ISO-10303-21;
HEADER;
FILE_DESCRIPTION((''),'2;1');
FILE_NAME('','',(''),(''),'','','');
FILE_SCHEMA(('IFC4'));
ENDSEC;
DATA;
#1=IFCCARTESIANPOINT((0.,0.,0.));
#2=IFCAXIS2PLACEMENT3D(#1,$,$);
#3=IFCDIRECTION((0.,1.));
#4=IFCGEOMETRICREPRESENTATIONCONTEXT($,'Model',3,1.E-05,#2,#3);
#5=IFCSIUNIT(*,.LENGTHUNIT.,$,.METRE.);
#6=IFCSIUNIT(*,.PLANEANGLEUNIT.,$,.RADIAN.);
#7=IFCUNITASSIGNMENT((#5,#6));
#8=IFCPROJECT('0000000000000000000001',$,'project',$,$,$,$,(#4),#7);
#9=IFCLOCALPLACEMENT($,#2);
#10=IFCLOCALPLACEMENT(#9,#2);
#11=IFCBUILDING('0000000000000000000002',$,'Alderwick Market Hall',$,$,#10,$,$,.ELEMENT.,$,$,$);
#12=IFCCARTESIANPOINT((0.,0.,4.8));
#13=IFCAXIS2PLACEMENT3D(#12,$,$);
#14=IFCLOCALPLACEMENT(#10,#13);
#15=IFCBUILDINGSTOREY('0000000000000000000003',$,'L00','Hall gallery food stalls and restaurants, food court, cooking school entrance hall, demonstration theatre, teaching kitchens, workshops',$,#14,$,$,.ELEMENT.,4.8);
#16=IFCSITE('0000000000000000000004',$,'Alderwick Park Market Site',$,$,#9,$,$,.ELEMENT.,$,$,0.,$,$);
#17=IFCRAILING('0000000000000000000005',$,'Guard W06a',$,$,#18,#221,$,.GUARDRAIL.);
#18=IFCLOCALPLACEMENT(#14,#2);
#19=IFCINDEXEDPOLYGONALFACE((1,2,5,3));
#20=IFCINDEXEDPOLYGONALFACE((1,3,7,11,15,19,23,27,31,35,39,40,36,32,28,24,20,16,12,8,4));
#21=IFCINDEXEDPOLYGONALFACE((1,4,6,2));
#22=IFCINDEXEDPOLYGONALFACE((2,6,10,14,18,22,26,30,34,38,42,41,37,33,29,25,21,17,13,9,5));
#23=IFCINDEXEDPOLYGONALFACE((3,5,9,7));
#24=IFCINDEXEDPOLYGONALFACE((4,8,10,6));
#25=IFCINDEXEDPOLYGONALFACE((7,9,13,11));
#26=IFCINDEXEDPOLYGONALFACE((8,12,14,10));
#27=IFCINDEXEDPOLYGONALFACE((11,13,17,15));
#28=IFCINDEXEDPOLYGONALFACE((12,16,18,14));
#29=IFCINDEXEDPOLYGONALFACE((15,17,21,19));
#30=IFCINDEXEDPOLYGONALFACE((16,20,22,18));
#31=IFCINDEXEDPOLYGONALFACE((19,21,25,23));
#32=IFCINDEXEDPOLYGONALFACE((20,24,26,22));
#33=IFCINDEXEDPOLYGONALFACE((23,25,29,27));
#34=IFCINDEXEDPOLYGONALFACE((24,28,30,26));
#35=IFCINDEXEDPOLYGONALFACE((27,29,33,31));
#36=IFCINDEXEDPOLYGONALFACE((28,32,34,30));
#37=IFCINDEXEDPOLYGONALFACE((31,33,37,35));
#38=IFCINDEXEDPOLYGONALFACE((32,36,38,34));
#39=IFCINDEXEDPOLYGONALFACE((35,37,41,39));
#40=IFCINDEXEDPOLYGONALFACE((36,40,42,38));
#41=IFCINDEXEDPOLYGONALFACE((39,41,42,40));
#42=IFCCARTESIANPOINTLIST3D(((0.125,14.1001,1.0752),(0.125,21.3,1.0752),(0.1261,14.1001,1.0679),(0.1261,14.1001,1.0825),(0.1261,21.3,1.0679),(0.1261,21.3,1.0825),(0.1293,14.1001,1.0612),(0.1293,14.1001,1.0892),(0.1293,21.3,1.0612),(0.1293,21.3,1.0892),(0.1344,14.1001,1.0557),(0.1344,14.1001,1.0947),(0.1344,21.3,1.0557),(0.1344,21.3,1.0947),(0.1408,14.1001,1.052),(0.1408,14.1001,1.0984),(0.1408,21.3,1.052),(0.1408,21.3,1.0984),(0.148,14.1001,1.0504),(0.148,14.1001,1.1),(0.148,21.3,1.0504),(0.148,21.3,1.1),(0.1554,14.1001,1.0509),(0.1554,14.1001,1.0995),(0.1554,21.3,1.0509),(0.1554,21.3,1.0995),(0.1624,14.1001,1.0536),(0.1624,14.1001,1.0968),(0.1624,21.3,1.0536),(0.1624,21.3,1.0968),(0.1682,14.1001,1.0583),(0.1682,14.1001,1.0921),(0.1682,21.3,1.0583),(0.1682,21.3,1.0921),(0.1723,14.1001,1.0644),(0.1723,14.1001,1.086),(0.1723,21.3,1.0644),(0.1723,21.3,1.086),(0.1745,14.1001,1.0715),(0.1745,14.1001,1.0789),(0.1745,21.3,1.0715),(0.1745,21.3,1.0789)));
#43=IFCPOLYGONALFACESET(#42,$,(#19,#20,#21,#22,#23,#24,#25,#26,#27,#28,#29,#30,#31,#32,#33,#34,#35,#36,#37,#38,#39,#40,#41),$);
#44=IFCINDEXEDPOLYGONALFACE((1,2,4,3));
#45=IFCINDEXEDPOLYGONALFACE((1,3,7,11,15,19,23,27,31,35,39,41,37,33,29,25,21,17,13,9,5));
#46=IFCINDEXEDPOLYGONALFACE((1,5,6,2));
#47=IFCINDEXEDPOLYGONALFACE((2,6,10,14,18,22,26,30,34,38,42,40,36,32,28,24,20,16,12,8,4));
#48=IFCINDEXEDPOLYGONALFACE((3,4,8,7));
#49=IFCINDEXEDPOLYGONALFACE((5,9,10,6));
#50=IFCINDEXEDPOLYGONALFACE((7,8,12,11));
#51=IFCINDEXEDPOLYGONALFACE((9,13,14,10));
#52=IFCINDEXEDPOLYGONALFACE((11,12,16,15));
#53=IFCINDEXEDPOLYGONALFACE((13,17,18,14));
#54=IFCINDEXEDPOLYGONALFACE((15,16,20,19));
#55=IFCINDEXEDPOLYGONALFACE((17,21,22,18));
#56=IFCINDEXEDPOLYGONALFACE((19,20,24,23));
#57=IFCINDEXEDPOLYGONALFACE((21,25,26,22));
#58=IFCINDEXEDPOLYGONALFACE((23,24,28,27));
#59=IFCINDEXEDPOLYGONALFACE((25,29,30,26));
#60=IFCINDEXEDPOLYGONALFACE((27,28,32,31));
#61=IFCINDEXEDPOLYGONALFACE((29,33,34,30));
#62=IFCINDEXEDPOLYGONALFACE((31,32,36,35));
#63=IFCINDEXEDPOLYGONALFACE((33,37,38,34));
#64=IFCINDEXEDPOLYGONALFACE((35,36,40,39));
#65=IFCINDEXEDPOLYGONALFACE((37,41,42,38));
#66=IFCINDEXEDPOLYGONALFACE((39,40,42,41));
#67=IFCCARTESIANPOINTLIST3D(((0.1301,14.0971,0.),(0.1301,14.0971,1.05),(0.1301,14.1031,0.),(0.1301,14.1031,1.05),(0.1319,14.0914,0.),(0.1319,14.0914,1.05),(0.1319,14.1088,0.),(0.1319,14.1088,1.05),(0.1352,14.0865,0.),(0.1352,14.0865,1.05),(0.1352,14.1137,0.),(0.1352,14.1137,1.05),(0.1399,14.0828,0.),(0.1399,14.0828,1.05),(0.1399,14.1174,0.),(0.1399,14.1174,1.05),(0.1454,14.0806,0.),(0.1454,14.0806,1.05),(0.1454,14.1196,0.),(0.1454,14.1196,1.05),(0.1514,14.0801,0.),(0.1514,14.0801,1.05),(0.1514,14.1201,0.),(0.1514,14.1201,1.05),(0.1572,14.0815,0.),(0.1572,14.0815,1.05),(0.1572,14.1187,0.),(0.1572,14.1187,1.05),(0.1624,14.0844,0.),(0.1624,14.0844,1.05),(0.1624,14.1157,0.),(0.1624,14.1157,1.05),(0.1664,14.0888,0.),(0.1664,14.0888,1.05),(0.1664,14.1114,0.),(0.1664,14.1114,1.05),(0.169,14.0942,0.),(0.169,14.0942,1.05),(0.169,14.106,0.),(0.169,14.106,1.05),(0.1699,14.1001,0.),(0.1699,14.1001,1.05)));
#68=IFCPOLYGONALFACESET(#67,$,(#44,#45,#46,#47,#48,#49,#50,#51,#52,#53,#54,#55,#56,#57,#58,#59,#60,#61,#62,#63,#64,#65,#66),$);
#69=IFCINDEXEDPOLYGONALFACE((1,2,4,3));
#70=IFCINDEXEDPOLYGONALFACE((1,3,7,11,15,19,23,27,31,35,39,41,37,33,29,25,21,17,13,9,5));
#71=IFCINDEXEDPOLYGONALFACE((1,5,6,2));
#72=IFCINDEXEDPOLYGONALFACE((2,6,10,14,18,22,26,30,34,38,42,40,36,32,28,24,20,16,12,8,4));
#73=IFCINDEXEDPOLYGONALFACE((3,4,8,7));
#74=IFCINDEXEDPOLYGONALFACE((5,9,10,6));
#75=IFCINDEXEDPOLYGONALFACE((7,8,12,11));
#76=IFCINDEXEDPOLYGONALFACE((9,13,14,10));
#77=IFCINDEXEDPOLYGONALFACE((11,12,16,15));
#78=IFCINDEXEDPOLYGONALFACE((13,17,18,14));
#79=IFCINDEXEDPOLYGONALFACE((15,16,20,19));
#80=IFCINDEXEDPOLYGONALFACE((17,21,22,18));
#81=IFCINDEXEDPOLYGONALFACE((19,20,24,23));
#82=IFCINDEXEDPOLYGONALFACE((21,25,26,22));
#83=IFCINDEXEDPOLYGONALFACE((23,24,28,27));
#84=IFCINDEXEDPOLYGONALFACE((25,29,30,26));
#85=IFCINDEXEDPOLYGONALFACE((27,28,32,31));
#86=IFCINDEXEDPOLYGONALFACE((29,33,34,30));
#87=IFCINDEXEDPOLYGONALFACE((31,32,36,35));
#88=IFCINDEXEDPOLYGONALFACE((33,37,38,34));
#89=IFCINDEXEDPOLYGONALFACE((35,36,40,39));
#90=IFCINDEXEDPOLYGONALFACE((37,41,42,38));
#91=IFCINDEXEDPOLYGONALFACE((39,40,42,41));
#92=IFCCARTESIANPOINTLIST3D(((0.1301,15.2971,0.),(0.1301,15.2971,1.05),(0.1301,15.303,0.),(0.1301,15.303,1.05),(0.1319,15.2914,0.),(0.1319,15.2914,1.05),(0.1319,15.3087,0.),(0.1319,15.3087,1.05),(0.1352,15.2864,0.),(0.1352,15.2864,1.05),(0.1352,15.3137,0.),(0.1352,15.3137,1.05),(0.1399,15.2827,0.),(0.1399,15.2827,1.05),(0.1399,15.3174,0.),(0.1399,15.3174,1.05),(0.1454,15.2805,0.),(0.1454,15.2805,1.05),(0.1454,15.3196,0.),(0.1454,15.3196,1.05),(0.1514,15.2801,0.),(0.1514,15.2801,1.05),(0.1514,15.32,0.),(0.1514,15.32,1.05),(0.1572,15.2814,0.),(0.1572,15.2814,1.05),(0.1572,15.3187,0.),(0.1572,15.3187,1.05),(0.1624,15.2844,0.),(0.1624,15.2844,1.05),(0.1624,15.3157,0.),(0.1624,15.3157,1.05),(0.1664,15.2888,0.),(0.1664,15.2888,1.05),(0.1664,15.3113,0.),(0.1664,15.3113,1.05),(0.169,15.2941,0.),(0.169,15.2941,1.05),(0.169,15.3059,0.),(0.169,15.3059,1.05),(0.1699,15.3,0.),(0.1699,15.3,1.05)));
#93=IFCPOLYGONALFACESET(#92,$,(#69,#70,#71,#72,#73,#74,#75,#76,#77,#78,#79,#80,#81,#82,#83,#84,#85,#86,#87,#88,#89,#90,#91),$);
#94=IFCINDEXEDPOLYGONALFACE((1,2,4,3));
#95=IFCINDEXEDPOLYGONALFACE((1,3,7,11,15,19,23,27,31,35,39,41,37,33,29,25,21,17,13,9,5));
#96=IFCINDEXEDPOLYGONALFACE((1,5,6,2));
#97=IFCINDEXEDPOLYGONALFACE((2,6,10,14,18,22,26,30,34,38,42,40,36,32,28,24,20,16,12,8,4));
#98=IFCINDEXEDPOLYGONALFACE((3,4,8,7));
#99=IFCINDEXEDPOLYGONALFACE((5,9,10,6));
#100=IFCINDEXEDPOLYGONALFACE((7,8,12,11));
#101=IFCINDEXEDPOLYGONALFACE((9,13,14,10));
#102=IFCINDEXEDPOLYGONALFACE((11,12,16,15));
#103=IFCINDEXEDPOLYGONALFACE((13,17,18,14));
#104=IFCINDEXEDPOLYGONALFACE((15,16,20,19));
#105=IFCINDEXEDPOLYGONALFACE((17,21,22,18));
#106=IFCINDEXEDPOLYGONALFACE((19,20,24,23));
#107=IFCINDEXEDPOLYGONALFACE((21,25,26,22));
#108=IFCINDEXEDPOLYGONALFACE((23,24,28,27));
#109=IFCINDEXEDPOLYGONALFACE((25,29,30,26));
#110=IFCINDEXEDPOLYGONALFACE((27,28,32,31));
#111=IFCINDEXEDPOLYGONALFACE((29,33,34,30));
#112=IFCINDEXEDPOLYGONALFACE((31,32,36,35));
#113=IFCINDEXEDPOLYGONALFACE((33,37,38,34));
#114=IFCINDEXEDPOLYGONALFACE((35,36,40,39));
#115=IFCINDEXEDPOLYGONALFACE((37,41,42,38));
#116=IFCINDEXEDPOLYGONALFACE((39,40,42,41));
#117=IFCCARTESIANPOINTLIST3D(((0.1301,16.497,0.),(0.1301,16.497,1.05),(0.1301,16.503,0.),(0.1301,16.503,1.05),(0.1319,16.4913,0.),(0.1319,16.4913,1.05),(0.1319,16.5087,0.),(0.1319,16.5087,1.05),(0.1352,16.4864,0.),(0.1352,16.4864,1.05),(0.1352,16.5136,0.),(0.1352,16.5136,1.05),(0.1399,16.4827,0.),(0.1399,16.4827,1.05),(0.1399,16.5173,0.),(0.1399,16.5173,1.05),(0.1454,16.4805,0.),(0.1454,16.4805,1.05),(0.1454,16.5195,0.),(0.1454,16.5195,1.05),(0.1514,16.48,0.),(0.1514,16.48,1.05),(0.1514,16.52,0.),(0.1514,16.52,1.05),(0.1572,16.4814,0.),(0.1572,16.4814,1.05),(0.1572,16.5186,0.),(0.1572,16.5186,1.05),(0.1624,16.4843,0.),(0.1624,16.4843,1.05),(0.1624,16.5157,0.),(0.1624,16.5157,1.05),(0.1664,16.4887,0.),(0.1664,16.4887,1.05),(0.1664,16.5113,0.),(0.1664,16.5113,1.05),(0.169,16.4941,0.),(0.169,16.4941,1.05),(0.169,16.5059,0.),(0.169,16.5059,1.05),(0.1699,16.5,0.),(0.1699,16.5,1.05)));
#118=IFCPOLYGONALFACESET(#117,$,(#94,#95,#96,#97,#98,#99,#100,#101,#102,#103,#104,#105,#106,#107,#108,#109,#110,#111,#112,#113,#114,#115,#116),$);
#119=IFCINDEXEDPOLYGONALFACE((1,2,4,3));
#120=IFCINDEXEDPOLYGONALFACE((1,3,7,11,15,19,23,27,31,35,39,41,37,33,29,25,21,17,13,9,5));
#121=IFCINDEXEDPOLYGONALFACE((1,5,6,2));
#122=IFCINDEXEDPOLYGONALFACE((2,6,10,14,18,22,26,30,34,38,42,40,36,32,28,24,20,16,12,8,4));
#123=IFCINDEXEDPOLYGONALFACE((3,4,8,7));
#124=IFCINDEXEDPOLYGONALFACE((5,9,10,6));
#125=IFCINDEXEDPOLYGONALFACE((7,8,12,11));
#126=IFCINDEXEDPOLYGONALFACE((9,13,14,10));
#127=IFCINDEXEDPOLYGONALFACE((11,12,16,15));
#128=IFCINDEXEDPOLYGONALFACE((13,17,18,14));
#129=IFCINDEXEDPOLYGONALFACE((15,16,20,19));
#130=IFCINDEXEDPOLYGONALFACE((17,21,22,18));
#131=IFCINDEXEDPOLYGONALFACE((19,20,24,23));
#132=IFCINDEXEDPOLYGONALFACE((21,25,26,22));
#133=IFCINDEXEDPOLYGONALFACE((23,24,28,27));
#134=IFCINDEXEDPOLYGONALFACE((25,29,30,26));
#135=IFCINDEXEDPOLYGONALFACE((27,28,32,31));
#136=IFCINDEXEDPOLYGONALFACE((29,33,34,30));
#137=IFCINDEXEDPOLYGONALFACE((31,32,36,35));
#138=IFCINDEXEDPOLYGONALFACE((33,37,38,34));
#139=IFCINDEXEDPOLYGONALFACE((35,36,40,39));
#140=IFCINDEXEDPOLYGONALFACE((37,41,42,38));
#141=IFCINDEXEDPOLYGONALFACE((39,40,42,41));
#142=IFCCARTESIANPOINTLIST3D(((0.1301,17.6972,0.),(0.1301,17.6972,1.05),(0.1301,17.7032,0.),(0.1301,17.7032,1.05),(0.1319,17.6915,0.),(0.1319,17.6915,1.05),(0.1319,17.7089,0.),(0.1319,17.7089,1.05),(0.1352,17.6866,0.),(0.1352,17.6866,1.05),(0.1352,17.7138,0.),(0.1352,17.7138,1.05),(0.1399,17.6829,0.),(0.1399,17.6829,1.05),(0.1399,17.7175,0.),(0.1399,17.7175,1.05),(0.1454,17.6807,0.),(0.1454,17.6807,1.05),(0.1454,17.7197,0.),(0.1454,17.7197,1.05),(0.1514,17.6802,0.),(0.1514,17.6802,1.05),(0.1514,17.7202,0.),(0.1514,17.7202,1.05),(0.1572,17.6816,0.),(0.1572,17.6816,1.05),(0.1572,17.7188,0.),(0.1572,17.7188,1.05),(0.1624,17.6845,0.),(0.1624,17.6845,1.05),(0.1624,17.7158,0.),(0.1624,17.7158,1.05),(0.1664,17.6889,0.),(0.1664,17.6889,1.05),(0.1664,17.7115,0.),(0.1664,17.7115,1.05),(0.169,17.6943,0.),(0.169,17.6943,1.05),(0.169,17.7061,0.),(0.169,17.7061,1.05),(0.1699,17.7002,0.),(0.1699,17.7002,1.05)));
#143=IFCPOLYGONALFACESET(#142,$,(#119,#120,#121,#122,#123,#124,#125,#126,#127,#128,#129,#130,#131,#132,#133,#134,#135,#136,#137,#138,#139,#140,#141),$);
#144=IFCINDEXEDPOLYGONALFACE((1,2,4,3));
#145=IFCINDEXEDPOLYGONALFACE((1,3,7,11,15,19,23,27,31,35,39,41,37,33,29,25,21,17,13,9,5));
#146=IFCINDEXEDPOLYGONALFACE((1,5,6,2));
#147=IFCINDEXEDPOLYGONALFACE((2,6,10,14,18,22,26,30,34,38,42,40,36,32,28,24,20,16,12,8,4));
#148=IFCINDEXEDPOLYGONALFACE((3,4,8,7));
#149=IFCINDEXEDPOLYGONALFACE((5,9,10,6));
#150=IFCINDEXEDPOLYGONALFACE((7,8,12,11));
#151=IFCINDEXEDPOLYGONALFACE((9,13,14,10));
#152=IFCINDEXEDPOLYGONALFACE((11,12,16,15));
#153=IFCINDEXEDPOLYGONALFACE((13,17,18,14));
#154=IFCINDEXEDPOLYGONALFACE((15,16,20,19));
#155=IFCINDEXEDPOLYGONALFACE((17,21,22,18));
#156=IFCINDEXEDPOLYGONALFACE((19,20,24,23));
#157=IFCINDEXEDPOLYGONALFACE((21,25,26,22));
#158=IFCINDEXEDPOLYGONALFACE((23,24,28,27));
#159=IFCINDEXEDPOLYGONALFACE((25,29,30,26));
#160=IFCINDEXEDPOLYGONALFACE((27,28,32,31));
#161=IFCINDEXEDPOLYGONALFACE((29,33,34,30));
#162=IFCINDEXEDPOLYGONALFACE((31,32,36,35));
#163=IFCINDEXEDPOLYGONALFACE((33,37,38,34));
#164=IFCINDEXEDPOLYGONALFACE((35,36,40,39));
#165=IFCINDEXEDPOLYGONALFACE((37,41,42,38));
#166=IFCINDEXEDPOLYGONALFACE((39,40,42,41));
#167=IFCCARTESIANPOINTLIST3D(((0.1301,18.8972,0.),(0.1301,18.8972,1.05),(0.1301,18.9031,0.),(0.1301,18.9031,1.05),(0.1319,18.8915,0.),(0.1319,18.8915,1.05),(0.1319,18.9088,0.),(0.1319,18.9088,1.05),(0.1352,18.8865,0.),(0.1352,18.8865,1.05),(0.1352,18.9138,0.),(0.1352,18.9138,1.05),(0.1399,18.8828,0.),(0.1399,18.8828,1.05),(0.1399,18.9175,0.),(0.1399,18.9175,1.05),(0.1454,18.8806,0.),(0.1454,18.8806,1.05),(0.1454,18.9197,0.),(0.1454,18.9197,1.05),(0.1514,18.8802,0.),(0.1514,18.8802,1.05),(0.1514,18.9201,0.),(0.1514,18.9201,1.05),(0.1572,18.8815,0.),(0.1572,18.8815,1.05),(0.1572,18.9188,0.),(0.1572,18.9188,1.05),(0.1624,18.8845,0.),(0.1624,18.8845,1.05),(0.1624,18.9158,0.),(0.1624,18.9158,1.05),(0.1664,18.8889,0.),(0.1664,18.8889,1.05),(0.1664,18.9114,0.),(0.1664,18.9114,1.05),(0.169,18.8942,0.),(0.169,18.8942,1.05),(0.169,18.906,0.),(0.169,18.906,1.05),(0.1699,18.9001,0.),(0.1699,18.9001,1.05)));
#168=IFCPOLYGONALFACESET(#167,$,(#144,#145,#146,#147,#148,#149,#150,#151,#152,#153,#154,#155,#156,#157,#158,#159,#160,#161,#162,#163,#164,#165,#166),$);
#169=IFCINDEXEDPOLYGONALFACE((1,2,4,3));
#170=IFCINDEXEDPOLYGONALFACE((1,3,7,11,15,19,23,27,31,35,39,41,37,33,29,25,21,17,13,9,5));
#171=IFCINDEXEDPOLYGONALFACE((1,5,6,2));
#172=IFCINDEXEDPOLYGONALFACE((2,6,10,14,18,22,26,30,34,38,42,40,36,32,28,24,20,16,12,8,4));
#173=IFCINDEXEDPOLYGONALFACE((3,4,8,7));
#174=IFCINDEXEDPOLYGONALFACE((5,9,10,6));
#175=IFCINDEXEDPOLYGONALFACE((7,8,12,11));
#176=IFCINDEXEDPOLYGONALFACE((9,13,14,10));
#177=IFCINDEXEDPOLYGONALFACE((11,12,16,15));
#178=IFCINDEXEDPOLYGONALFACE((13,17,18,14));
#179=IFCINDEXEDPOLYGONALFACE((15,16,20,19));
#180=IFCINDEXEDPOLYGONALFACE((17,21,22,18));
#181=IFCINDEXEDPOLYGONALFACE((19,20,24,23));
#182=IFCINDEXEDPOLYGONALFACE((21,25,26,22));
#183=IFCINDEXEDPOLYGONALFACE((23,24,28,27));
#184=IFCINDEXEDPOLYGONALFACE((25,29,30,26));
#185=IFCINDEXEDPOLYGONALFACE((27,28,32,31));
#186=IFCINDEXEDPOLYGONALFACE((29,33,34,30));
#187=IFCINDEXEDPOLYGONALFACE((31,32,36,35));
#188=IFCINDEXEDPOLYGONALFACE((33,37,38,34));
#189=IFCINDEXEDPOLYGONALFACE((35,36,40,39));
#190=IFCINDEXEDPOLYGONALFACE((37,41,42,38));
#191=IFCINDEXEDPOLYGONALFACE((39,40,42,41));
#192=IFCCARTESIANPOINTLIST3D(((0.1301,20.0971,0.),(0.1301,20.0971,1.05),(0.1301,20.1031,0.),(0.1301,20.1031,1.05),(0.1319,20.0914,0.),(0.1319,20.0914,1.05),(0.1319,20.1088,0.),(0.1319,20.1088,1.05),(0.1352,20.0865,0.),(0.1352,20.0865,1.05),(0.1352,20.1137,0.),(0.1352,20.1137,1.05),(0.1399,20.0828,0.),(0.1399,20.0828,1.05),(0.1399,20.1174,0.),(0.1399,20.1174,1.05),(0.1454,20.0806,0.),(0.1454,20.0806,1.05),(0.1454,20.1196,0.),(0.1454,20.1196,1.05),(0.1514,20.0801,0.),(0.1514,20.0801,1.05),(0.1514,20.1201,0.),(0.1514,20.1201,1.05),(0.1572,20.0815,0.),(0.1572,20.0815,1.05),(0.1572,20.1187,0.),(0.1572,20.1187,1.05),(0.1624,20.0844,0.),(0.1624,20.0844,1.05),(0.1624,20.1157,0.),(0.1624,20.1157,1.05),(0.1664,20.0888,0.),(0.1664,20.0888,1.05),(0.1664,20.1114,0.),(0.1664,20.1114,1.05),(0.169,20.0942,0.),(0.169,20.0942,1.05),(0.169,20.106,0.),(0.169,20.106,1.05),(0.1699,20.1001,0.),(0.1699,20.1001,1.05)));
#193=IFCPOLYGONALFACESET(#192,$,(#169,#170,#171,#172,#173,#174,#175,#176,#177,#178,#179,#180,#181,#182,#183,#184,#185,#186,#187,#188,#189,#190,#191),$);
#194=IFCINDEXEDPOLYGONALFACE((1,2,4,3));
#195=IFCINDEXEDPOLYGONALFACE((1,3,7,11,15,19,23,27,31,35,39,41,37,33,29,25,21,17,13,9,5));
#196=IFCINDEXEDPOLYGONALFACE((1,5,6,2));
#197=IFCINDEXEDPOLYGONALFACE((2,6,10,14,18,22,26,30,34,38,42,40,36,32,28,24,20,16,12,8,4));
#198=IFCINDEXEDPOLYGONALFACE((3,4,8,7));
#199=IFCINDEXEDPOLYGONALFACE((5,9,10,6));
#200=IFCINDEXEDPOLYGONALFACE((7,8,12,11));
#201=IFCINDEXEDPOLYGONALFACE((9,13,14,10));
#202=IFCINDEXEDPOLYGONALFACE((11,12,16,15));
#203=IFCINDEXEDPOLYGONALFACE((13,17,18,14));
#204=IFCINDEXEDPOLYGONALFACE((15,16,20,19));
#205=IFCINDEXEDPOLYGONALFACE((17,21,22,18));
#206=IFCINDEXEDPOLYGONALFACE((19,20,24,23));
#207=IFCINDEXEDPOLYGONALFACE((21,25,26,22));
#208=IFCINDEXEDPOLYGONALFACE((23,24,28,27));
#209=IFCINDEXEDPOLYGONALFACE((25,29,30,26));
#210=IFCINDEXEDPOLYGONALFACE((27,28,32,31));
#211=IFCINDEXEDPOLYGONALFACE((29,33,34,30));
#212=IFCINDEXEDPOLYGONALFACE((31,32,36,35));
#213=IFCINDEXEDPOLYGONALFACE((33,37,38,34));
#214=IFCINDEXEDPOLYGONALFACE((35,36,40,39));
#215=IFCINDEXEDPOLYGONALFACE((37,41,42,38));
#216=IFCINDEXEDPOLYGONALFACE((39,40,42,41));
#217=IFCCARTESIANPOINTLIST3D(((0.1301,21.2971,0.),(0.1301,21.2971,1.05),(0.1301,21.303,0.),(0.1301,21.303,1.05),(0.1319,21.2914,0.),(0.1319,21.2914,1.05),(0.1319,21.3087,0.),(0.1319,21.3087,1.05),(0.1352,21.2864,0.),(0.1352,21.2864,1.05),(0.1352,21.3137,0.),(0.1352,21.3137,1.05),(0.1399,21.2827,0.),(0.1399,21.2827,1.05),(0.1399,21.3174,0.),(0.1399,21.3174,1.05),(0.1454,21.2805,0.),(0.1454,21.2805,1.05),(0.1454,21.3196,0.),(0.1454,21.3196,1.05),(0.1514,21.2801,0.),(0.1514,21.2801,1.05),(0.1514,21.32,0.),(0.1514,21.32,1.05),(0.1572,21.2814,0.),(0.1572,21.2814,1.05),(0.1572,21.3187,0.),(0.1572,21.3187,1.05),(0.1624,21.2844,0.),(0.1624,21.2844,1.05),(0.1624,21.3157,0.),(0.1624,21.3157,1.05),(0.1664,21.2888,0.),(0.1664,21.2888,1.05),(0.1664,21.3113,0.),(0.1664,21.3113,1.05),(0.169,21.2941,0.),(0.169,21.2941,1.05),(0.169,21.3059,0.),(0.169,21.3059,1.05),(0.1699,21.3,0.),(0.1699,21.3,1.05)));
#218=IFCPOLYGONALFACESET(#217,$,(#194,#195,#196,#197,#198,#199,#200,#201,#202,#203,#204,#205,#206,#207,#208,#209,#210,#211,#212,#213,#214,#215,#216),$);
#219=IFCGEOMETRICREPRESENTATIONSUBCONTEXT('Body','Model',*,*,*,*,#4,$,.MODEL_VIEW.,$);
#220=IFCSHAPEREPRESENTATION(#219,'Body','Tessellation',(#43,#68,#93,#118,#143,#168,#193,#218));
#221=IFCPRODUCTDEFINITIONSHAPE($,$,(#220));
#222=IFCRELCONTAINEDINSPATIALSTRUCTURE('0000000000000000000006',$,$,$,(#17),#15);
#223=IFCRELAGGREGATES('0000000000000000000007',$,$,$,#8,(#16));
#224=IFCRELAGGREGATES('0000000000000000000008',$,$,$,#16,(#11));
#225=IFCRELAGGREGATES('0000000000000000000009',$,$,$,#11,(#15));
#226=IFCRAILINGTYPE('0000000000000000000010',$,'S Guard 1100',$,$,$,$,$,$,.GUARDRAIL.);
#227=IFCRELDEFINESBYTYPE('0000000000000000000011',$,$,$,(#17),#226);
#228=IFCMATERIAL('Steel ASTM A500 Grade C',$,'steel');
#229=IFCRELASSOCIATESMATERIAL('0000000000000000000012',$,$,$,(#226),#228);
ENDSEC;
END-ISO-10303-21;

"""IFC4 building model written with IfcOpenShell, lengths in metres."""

from ifc_helpers import new_model, si_unit, direction, frame, origin, origin_2d, place, context, subcontext, project, spatial, circle, extrude, material, type_object, element, save


model = new_model("IFC4")

# Units and contexts
model_context = context("Model", 3, precision=1e-05, world=origin(), true_north=direction((0.0, 1.0)))
body_context = subcontext(model_context, "Body", "Model", "MODEL_VIEW")
ifc_project = project(units=[si_unit("LENGTHUNIT", "METRE"), si_unit("PLANEANGLEUNIT", "RADIAN")], contexts=[model_context])

# Site, building, storey
site_placement = place(None, origin())
site = spatial("IfcSite", under=ifc_project, at=site_placement, Name="Alderwick Park Market Site", CompositionType="ELEMENT", RefElevation=0.0)
building_placement = place(site_placement, origin())
building = spatial("IfcBuilding", under=site, at=building_placement, Name="Alderwick Market Hall", CompositionType="ELEMENT")
storey_placement = place(building_placement, frame((0.0, 0.0, 4.8)))
storey = spatial("IfcBuildingStorey", under=building, at=storey_placement, Name="L00", Description="Hall gallery food stalls and restaurants, food court, cooking school entrance hall, demonstration theatre, teaching kitchens, workshops", CompositionType="ELEMENT", Elevation=4.8)

# Railing
ifc_material_1 = material(Name="Steel ASTM A500 Grade C", Category="steel")
railing_type = type_object("IfcRailingType", Name="S Guard 1100", PredefinedType="GUARDRAIL", material=ifc_material_1)
railing_placement = place(storey_placement, frame((0.1499, 14.1001, 0.0)))
element("IfcRailing", 1, at=railing_placement, inside=storey, type_object=railing_type, Name="Guard W06a", PredefinedType="GUARDRAIL", context=body_context, shape_type="SweptSolid", body=[
    extrude(circle(Radius=0.0249, at=origin_2d()), frame((0.0, 0.0, 1.0752), z_axis=(0.0, 1.0, 0.0), x_axis=(-1.0, 0.0, 0.0)), (0.0, 0.0, 1.0), 7.2),
    extrude(circle(Radius=0.02, at=origin_2d()), origin(), (0.0, 0.0, 1.0), 1.05),
    extrude(circle(Radius=0.02, at=origin_2d()), frame((0.0, 1.2, 0.0)), (0.0, 0.0, 1.0), 1.05),
    extrude(circle(Radius=0.02, at=origin_2d()), frame((0.0, 2.3999, 0.0)), (0.0, 0.0, 1.0), 1.05),
    extrude(circle(Radius=0.02, at=origin_2d()), frame((0.0, 3.6001, 0.0)), (0.0, 0.0, 1.0), 1.05),
    extrude(circle(Radius=0.02, at=origin_2d()), frame((0.0, 4.8, 0.0)), (0.0, 0.0, 1.0), 1.05),
    extrude(circle(Radius=0.02, at=origin_2d()), frame((0.0, 6.0, 0.0)), (0.0, 0.0, 1.0), 1.05),
    extrude(circle(Radius=0.02, at=origin_2d()), frame((0.0, 7.2, 0.0)), (0.0, 0.0, 1.0), 1.05),
])

save(model, "model.ifc")
